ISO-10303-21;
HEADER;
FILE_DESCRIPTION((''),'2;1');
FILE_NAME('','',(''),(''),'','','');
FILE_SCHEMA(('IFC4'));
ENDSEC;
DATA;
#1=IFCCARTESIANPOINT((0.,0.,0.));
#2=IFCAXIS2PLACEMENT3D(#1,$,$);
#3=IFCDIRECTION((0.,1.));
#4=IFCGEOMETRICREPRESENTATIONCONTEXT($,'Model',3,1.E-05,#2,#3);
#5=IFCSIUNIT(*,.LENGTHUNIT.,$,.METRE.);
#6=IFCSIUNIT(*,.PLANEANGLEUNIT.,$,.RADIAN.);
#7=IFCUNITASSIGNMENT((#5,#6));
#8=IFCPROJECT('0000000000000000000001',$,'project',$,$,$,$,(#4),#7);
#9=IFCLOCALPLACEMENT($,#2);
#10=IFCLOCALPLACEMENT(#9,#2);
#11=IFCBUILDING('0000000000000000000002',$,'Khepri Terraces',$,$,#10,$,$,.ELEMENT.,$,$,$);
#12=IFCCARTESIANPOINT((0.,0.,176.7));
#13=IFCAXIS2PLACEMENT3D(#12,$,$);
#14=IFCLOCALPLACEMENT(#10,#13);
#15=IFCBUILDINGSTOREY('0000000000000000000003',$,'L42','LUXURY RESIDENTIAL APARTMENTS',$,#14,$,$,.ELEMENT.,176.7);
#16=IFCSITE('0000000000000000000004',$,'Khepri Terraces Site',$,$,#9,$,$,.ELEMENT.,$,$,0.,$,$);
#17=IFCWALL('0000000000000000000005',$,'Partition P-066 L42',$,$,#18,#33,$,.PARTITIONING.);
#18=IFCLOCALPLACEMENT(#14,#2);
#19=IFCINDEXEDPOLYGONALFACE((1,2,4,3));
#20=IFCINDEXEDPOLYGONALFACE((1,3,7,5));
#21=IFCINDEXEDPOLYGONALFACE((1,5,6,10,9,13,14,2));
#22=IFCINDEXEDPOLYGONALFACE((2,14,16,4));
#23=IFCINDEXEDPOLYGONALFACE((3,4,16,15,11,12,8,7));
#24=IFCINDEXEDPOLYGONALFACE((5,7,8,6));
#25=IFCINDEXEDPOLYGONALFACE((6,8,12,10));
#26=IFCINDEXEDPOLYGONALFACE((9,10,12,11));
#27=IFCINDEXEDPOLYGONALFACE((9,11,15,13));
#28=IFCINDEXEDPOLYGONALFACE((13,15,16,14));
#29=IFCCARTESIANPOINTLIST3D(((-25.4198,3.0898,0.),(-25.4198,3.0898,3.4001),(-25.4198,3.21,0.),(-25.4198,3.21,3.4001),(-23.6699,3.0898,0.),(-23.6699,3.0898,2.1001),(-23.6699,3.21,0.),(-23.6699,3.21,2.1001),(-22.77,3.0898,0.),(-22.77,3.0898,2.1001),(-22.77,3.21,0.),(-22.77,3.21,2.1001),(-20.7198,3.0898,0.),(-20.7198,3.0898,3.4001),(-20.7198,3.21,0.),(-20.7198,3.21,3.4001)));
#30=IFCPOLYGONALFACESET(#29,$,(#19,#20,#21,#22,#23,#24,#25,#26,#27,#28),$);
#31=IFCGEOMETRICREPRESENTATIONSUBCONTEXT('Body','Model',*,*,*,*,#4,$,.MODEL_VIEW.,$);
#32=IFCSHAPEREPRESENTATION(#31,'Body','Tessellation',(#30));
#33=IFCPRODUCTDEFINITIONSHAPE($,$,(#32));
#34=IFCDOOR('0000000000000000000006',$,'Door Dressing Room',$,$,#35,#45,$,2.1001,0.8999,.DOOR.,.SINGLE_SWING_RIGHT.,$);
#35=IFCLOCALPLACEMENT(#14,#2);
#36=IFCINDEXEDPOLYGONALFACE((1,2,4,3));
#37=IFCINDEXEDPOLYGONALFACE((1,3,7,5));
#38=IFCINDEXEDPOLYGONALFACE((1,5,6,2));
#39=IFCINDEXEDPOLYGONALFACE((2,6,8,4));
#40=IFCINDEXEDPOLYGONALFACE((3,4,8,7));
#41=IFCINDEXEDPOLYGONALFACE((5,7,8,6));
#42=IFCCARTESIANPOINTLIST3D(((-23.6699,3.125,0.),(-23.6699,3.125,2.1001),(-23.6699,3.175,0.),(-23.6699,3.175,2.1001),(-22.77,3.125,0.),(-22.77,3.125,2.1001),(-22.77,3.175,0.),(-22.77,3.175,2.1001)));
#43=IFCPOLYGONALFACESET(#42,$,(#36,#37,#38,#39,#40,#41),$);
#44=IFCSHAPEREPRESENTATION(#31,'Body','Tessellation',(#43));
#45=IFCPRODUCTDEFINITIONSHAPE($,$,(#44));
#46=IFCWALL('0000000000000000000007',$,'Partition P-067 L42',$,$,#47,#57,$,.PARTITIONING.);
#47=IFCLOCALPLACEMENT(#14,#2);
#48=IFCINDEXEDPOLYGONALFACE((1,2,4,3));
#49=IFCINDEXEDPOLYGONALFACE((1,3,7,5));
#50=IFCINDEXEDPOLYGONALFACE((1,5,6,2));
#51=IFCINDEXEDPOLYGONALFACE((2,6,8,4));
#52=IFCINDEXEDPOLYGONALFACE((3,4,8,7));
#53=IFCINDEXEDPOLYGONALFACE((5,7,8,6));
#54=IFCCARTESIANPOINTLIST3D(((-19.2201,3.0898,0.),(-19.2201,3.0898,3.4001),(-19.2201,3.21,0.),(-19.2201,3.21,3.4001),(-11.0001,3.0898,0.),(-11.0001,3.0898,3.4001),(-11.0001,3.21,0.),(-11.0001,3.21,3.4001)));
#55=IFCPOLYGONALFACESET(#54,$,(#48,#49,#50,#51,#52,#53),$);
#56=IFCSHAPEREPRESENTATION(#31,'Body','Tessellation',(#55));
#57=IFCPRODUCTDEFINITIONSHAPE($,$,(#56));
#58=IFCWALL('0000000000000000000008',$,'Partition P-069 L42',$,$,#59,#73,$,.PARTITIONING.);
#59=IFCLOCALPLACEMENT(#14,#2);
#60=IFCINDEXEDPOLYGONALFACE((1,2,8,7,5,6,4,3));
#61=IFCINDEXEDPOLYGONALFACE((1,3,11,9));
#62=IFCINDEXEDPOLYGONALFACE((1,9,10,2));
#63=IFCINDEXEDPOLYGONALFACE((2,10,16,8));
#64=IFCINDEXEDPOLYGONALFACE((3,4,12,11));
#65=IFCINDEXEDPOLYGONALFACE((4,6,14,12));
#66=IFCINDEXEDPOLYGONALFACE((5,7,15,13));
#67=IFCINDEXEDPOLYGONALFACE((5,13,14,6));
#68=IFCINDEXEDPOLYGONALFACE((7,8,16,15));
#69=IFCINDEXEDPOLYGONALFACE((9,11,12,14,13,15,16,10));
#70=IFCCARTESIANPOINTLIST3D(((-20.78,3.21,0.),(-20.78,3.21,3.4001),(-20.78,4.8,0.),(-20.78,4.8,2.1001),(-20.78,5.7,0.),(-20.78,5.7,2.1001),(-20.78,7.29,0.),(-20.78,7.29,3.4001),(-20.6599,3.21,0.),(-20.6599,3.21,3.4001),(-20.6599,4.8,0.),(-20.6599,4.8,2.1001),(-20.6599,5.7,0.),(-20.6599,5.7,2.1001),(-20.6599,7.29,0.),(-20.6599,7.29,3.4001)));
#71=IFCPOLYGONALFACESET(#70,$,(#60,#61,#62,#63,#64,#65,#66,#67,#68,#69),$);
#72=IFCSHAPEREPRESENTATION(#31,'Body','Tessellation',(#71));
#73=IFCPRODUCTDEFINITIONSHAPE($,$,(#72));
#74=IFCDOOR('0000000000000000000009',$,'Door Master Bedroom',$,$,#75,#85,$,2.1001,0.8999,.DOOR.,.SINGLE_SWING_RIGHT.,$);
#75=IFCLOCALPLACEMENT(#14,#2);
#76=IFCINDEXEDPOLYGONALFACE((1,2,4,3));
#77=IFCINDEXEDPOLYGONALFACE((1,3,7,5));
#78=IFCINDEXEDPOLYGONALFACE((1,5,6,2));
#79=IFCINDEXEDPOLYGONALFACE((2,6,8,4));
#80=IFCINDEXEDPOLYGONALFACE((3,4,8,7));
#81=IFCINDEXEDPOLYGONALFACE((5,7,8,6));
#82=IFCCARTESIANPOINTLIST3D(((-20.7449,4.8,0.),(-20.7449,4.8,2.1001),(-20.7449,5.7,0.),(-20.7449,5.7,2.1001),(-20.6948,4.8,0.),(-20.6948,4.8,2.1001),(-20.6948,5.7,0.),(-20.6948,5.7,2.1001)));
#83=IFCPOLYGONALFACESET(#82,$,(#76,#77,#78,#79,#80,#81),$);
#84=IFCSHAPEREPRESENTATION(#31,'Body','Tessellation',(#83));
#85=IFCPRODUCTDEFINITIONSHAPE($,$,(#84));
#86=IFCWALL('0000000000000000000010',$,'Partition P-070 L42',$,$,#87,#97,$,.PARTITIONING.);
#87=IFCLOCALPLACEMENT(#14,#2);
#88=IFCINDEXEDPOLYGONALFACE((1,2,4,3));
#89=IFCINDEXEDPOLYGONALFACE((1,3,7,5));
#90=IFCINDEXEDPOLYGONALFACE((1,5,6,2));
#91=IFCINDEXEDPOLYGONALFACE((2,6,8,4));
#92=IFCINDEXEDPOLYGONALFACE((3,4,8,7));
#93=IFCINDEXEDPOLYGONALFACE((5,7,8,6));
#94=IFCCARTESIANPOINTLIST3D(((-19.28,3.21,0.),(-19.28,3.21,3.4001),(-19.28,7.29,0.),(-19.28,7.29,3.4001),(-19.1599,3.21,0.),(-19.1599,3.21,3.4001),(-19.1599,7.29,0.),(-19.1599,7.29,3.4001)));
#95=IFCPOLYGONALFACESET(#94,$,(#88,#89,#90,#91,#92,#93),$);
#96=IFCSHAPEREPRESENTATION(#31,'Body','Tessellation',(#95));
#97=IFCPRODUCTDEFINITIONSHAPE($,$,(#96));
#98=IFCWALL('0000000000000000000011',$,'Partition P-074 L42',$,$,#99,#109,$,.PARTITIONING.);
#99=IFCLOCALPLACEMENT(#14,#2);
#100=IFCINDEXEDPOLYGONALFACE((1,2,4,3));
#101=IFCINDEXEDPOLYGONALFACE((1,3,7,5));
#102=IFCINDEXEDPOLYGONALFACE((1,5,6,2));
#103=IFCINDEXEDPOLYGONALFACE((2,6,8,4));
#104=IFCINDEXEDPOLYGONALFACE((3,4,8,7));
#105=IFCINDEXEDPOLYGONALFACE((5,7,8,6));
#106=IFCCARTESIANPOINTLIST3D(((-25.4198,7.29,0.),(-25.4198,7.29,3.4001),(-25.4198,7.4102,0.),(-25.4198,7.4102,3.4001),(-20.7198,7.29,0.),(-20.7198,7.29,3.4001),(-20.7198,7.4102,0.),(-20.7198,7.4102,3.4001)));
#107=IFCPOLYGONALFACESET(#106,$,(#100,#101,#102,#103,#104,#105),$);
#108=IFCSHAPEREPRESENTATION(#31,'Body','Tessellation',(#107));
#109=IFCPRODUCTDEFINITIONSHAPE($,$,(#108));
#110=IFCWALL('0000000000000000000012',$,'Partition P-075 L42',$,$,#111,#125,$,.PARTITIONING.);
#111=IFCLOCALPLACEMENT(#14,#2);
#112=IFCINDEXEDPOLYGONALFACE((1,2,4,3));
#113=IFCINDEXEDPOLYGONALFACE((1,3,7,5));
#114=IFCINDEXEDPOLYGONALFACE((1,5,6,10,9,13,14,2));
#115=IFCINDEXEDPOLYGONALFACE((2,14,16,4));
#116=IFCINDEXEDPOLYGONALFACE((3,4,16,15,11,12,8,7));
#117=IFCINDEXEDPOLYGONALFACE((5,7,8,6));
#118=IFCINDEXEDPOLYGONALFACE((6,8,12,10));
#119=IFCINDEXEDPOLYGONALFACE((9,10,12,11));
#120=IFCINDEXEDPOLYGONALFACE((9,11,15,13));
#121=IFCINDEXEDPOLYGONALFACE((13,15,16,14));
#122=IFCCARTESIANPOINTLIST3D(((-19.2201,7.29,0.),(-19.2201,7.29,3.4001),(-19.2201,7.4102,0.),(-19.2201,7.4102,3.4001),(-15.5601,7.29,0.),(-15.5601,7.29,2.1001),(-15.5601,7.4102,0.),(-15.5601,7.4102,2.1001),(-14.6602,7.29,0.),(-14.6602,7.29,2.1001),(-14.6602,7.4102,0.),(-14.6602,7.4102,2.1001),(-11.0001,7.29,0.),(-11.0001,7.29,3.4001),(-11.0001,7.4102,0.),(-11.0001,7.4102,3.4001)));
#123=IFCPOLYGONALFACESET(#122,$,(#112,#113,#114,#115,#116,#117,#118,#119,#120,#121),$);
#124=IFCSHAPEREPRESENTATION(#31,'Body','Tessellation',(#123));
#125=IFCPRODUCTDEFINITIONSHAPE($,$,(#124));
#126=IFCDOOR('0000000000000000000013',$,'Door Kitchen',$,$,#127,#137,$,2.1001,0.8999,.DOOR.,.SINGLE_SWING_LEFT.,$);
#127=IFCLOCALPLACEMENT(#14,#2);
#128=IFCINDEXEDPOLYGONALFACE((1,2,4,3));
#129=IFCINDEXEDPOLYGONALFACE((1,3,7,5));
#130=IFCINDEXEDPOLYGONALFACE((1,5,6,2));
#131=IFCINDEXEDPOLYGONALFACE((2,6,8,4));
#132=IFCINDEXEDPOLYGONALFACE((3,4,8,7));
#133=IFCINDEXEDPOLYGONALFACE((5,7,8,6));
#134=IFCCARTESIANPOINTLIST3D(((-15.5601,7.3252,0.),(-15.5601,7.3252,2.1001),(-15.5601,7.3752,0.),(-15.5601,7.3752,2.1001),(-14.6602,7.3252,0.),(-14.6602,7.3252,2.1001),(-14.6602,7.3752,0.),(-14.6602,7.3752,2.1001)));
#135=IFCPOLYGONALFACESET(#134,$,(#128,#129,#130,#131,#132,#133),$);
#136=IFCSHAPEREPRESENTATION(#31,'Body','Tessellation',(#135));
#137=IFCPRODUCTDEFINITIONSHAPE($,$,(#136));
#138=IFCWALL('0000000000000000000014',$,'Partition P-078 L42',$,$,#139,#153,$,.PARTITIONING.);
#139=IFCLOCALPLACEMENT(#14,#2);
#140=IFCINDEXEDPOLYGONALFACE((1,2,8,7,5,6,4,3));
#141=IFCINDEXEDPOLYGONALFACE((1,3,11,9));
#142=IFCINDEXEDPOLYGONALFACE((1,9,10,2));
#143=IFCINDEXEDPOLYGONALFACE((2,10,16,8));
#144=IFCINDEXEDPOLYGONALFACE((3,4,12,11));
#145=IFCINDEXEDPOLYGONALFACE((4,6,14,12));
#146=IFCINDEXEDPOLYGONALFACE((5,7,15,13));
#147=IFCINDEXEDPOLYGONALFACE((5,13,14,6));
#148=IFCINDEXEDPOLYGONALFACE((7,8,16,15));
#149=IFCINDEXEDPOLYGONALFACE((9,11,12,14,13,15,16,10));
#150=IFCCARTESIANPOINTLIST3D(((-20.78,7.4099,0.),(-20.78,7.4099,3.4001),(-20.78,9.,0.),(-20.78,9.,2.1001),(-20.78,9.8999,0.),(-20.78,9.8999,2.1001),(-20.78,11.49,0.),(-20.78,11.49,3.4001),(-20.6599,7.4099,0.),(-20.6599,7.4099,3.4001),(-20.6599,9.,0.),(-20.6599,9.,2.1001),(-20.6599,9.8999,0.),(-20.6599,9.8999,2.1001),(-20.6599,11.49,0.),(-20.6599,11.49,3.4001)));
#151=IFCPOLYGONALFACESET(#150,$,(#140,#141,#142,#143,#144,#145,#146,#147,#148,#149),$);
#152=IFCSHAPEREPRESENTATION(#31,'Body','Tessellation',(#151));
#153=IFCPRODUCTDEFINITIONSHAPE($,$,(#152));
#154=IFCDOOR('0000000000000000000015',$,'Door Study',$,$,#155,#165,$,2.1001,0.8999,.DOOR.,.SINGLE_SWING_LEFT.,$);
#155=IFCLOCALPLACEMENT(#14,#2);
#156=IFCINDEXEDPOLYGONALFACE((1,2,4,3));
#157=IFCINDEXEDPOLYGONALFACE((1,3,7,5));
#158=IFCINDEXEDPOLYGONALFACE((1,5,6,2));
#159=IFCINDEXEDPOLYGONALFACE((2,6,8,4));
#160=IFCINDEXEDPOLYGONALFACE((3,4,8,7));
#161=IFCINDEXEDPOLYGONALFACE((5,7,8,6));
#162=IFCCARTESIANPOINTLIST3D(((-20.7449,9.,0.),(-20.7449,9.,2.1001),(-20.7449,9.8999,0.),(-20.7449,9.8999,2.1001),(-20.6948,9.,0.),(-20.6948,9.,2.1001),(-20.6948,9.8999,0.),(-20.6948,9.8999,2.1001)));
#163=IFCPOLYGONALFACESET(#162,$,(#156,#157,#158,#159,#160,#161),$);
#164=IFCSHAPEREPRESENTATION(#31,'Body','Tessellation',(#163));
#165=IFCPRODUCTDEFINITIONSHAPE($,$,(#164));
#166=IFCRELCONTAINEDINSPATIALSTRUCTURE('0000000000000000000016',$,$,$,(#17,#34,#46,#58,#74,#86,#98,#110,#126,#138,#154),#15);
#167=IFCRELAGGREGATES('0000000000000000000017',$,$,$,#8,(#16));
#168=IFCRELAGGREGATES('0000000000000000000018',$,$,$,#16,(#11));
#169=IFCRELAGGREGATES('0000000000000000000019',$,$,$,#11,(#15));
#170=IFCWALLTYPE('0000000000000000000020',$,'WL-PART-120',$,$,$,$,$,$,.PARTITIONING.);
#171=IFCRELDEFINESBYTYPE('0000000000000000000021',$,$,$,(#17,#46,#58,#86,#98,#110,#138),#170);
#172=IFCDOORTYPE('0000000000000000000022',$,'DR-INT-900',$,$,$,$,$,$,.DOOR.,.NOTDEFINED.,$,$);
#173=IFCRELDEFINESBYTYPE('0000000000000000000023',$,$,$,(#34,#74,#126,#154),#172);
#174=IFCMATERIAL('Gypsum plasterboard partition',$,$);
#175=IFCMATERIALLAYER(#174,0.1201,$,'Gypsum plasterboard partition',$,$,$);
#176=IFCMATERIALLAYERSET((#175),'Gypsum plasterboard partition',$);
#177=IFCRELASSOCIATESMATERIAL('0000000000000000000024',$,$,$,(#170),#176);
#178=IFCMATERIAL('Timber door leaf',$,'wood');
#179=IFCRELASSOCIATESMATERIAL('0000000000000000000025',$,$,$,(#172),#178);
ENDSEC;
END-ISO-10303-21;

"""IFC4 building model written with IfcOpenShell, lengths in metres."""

from ifc_helpers import new_model, si_unit, direction, frame, frame_2d, origin, place, context, subcontext, project, spatial, rectangle, extrude, material, layer, layer_set, type_object, element, fill, save


model = new_model("IFC4")

# Units and contexts
model_context = context("Model", 3, precision=1e-05, world=origin(), true_north=direction((0.0, 1.0)))
body_context = subcontext(model_context, "Body", "Model", "MODEL_VIEW")
ifc_project = project(units=[si_unit("LENGTHUNIT", "METRE"), si_unit("PLANEANGLEUNIT", "RADIAN")], contexts=[model_context])

# Site, building, storey
site_placement = place(None, origin())
site = spatial("IfcSite", under=ifc_project, at=site_placement, Name="Khepri Terraces Site", CompositionType="ELEMENT", RefElevation=0.0)
building_placement = place(site_placement, origin())
building = spatial("IfcBuilding", under=site, at=building_placement, Name="Khepri Terraces", CompositionType="ELEMENT")
storey_placement = place(building_placement, frame((0.0, 0.0, 176.7)))
storey = spatial("IfcBuildingStorey", under=building, at=storey_placement, Name="L42", Description="LUXURY RESIDENTIAL APARTMENTS", CompositionType="ELEMENT", Elevation=176.7)

# Shared definitions
ifc_material_1 = material(Name="Gypsum plasterboard partition")
ifc_layer_1 = layer(ifc_material_1, 0.1201, Name="Gypsum plasterboard partition")
ifc_layer_set_1 = layer_set([ifc_layer_1], Name="Gypsum plasterboard partition")
wall_type_1 = type_object("IfcWallType", Name="WL-PART-120", PredefinedType="PARTITIONING", material=ifc_layer_set_1)

# Wall, opening, door
wall_1_placement = place(storey_placement, frame((-25.4199, 3.1499, 0.0), z_axis=(0.0, 0.0, 1.0), x_axis=(1.0, 0.0, 0.0)))
wall_1 = element("IfcWall", 1, at=wall_1_placement, inside=storey, type_object=wall_type_1, Name="Partition P-066 L42", PredefinedType="PARTITIONING", context=body_context, shape_type="SweptSolid", body=[
    extrude(rectangle(XDim=4.7, YDim=0.1201, at=frame_2d((2.3501, 0.0))), origin(), (0.0, 0.0, 1.0), 3.4001),
])
opening_1_placement = place(wall_1_placement, frame((1.75, 0.0, 0.0)))
opening_1 = element("IfcOpeningElement", 2, at=opening_1_placement, cuts=wall_1, PredefinedType="OPENING", context=body_context, shape_type="SweptSolid", body=[
    extrude(rectangle(XDim=0.8999, YDim=2.1001, at=frame_2d((0.45, 1.05))), frame((0.0, 0.0701, 0.0), z_axis=(0.0, -1.0, 0.0), x_axis=(1.0, 0.0, 0.0)), (0.0, 0.0, 1.0), 0.1401),
])
ifc_material_2 = material(Name="Timber door leaf", Category="wood")
door_type_1 = type_object("IfcDoorType", Name="DR-INT-900", OperationType="NOTDEFINED", PredefinedType="DOOR", material=ifc_material_2)
door_1_placement = place(opening_1_placement, frame((0.8999, 0.0, 0.0), z_axis=(0.0, 0.0, 1.0), x_axis=(-1.0, 0.0, 0.0)))
door_1 = element("IfcDoor", 3, at=door_1_placement, inside=storey, type_object=door_type_1, Name="Door Dressing Room", OperationType="SINGLE_SWING_RIGHT", OverallHeight=2.1001, OverallWidth=0.8999, PredefinedType="DOOR", context=body_context, shape_type="SweptSolid", body=[
    extrude(rectangle(XDim=0.8999, YDim=2.1001, at=frame_2d((0.45, 1.05))), frame((0.0, 0.0249, 0.0), z_axis=(0.0, -1.0, 0.0), x_axis=(1.0, 0.0, 0.0)), (0.0, 0.0, 1.0), 0.05),
])
fill(opening_1, door_1)

# Wall
wall_2_placement = place(storey_placement, frame((-19.22, 3.1499, 0.0), z_axis=(0.0, 0.0, 1.0), x_axis=(1.0, 0.0, 0.0)))
element("IfcWall", 4, at=wall_2_placement, inside=storey, type_object=wall_type_1, Name="Partition P-067 L42", PredefinedType="PARTITIONING", context=body_context, shape_type="SweptSolid", body=[
    extrude(rectangle(XDim=8.22, YDim=0.1201, at=frame_2d((4.1099, 0.0))), origin(), (0.0, 0.0, 1.0), 3.4001),
])

# Wall, opening, door
wall_3_placement = place(storey_placement, frame((-20.72, 3.21, 0.0), z_axis=(0.0, 0.0, 1.0), x_axis=(0.0, 1.0, 0.0)))
wall_3 = element("IfcWall", 5, at=wall_3_placement, inside=storey, type_object=wall_type_1, Name="Partition P-069 L42", PredefinedType="PARTITIONING", context=body_context, shape_type="SweptSolid", body=[
    extrude(rectangle(XDim=4.0801, YDim=0.1201, at=frame_2d((2.04, 0.0))), origin(), (0.0, 0.0, 1.0), 3.4001),
])
opening_2_placement = place(wall_3_placement, frame((1.5901, 0.0, 0.0)))
opening_2 = element("IfcOpeningElement", 6, at=opening_2_placement, cuts=wall_3, PredefinedType="OPENING", context=body_context, shape_type="SweptSolid", body=[
    extrude(rectangle(XDim=0.8999, YDim=2.1001, at=frame_2d((0.45, 1.05))), frame((0.0, 0.0701, 0.0), z_axis=(0.0, -1.0, 0.0), x_axis=(1.0, 0.0, 0.0)), (0.0, 0.0, 1.0), 0.1401),
])
door_2_placement = place(opening_2_placement, origin())
door_2 = element("IfcDoor", 7, at=door_2_placement, inside=storey, type_object=door_type_1, Name="Door Master Bedroom", OperationType="SINGLE_SWING_RIGHT", OverallHeight=2.1001, OverallWidth=0.8999, PredefinedType="DOOR", context=body_context, shape_type="SweptSolid", body=[
    extrude(rectangle(XDim=0.8999, YDim=2.1001, at=frame_2d((0.45, 1.05))), frame((0.0, 0.0249, 0.0), z_axis=(0.0, -1.0, 0.0), x_axis=(1.0, 0.0, 0.0)), (0.0, 0.0, 1.0), 0.05),
])
fill(opening_2, door_2)

# Walls
wall_4_placement = place(storey_placement, frame((-19.22, 3.21, 0.0), z_axis=(0.0, 0.0, 1.0), x_axis=(0.0, 1.0, 0.0)))
element("IfcWall", 8, at=wall_4_placement, inside=storey, type_object=wall_type_1, Name="Partition P-070 L42", PredefinedType="PARTITIONING", context=body_context, shape_type="SweptSolid", body=[
    extrude(rectangle(XDim=4.0801, YDim=0.1201, at=frame_2d((2.04, 0.0))), origin(), (0.0, 0.0, 1.0), 3.4001),
])
wall_5_placement = place(storey_placement, frame((-25.4199, 7.3501, 0.0), z_axis=(0.0, 0.0, 1.0), x_axis=(1.0, 0.0, 0.0)))
element("IfcWall", 9, at=wall_5_placement, inside=storey, type_object=wall_type_1, Name="Partition P-074 L42", PredefinedType="PARTITIONING", context=body_context, shape_type="SweptSolid", body=[
    extrude(rectangle(XDim=4.7, YDim=0.1201, at=frame_2d((2.3501, 0.0))), origin(), (0.0, 0.0, 1.0), 3.4001),
])

# Walls, openings, doors
wall_6_placement = place(storey_placement, frame((-19.22, 7.3501, 0.0), z_axis=(0.0, 0.0, 1.0), x_axis=(1.0, 0.0, 0.0)))
wall_6 = element("IfcWall", 10, at=wall_6_placement, inside=storey, type_object=wall_type_1, Name="Partition P-075 L42", PredefinedType="PARTITIONING", context=body_context, shape_type="SweptSolid", body=[
    extrude(rectangle(XDim=8.22, YDim=0.1201, at=frame_2d((4.1099, 0.0))), origin(), (0.0, 0.0, 1.0), 3.4001),
])
opening_3_placement = place(wall_6_placement, frame((3.6599, 0.0, 0.0)))
opening_3 = element("IfcOpeningElement", 11, at=opening_3_placement, cuts=wall_6, PredefinedType="OPENING", context=body_context, shape_type="SweptSolid", body=[
    extrude(rectangle(XDim=0.8999, YDim=2.1001, at=frame_2d((0.45, 1.05))), frame((0.0, 0.0701, 0.0), z_axis=(0.0, -1.0, 0.0), x_axis=(1.0, 0.0, 0.0)), (0.0, 0.0, 1.0), 0.1401),
])
door_3_placement = place(opening_3_placement, frame((0.8999, 0.0, 0.0), z_axis=(0.0, 0.0, 1.0), x_axis=(-1.0, 0.0, 0.0)))
door_3 = element("IfcDoor", 12, at=door_3_placement, inside=storey, type_object=door_type_1, Name="Door Kitchen", OperationType="SINGLE_SWING_LEFT", OverallHeight=2.1001, OverallWidth=0.8999, PredefinedType="DOOR", context=body_context, shape_type="SweptSolid", body=[
    extrude(rectangle(XDim=0.8999, YDim=2.1001, at=frame_2d((0.45, 1.05))), frame((0.0, 0.0249, 0.0), z_axis=(0.0, -1.0, 0.0), x_axis=(1.0, 0.0, 0.0)), (0.0, 0.0, 1.0), 0.05),
])
fill(opening_3, door_3)
wall_7_placement = place(storey_placement, frame((-20.72, 7.4099, 0.0), z_axis=(0.0, 0.0, 1.0), x_axis=(0.0, 1.0, 0.0)))
wall_7 = element("IfcWall", 13, at=wall_7_placement, inside=storey, type_object=wall_type_1, Name="Partition P-078 L42", PredefinedType="PARTITIONING", context=body_context, shape_type="SweptSolid", body=[
    extrude(rectangle(XDim=4.0801, YDim=0.1201, at=frame_2d((2.04, 0.0))), origin(), (0.0, 0.0, 1.0), 3.4001),
])
opening_4_placement = place(wall_7_placement, frame((1.5901, 0.0, 0.0)))
opening_4 = element("IfcOpeningElement", 14, at=opening_4_placement, cuts=wall_7, PredefinedType="OPENING", context=body_context, shape_type="SweptSolid", body=[
    extrude(rectangle(XDim=0.8999, YDim=2.1001, at=frame_2d((0.45, 1.05))), frame((0.0, 0.0701, 0.0), z_axis=(0.0, -1.0, 0.0), x_axis=(1.0, 0.0, 0.0)), (0.0, 0.0, 1.0), 0.1401),
])
door_4_placement = place(opening_4_placement, origin())
door_4 = element("IfcDoor", 15, at=door_4_placement, inside=storey, type_object=door_type_1, Name="Door Study", OperationType="SINGLE_SWING_LEFT", OverallHeight=2.1001, OverallWidth=0.8999, PredefinedType="DOOR", context=body_context, shape_type="SweptSolid", body=[
    extrude(rectangle(XDim=0.8999, YDim=2.1001, at=frame_2d((0.45, 1.05))), frame((0.0, 0.0249, 0.0), z_axis=(0.0, -1.0, 0.0), x_axis=(1.0, 0.0, 0.0)), (0.0, 0.0, 1.0), 0.05),
])
fill(opening_4, door_4)

save(model, "model.ifc")
